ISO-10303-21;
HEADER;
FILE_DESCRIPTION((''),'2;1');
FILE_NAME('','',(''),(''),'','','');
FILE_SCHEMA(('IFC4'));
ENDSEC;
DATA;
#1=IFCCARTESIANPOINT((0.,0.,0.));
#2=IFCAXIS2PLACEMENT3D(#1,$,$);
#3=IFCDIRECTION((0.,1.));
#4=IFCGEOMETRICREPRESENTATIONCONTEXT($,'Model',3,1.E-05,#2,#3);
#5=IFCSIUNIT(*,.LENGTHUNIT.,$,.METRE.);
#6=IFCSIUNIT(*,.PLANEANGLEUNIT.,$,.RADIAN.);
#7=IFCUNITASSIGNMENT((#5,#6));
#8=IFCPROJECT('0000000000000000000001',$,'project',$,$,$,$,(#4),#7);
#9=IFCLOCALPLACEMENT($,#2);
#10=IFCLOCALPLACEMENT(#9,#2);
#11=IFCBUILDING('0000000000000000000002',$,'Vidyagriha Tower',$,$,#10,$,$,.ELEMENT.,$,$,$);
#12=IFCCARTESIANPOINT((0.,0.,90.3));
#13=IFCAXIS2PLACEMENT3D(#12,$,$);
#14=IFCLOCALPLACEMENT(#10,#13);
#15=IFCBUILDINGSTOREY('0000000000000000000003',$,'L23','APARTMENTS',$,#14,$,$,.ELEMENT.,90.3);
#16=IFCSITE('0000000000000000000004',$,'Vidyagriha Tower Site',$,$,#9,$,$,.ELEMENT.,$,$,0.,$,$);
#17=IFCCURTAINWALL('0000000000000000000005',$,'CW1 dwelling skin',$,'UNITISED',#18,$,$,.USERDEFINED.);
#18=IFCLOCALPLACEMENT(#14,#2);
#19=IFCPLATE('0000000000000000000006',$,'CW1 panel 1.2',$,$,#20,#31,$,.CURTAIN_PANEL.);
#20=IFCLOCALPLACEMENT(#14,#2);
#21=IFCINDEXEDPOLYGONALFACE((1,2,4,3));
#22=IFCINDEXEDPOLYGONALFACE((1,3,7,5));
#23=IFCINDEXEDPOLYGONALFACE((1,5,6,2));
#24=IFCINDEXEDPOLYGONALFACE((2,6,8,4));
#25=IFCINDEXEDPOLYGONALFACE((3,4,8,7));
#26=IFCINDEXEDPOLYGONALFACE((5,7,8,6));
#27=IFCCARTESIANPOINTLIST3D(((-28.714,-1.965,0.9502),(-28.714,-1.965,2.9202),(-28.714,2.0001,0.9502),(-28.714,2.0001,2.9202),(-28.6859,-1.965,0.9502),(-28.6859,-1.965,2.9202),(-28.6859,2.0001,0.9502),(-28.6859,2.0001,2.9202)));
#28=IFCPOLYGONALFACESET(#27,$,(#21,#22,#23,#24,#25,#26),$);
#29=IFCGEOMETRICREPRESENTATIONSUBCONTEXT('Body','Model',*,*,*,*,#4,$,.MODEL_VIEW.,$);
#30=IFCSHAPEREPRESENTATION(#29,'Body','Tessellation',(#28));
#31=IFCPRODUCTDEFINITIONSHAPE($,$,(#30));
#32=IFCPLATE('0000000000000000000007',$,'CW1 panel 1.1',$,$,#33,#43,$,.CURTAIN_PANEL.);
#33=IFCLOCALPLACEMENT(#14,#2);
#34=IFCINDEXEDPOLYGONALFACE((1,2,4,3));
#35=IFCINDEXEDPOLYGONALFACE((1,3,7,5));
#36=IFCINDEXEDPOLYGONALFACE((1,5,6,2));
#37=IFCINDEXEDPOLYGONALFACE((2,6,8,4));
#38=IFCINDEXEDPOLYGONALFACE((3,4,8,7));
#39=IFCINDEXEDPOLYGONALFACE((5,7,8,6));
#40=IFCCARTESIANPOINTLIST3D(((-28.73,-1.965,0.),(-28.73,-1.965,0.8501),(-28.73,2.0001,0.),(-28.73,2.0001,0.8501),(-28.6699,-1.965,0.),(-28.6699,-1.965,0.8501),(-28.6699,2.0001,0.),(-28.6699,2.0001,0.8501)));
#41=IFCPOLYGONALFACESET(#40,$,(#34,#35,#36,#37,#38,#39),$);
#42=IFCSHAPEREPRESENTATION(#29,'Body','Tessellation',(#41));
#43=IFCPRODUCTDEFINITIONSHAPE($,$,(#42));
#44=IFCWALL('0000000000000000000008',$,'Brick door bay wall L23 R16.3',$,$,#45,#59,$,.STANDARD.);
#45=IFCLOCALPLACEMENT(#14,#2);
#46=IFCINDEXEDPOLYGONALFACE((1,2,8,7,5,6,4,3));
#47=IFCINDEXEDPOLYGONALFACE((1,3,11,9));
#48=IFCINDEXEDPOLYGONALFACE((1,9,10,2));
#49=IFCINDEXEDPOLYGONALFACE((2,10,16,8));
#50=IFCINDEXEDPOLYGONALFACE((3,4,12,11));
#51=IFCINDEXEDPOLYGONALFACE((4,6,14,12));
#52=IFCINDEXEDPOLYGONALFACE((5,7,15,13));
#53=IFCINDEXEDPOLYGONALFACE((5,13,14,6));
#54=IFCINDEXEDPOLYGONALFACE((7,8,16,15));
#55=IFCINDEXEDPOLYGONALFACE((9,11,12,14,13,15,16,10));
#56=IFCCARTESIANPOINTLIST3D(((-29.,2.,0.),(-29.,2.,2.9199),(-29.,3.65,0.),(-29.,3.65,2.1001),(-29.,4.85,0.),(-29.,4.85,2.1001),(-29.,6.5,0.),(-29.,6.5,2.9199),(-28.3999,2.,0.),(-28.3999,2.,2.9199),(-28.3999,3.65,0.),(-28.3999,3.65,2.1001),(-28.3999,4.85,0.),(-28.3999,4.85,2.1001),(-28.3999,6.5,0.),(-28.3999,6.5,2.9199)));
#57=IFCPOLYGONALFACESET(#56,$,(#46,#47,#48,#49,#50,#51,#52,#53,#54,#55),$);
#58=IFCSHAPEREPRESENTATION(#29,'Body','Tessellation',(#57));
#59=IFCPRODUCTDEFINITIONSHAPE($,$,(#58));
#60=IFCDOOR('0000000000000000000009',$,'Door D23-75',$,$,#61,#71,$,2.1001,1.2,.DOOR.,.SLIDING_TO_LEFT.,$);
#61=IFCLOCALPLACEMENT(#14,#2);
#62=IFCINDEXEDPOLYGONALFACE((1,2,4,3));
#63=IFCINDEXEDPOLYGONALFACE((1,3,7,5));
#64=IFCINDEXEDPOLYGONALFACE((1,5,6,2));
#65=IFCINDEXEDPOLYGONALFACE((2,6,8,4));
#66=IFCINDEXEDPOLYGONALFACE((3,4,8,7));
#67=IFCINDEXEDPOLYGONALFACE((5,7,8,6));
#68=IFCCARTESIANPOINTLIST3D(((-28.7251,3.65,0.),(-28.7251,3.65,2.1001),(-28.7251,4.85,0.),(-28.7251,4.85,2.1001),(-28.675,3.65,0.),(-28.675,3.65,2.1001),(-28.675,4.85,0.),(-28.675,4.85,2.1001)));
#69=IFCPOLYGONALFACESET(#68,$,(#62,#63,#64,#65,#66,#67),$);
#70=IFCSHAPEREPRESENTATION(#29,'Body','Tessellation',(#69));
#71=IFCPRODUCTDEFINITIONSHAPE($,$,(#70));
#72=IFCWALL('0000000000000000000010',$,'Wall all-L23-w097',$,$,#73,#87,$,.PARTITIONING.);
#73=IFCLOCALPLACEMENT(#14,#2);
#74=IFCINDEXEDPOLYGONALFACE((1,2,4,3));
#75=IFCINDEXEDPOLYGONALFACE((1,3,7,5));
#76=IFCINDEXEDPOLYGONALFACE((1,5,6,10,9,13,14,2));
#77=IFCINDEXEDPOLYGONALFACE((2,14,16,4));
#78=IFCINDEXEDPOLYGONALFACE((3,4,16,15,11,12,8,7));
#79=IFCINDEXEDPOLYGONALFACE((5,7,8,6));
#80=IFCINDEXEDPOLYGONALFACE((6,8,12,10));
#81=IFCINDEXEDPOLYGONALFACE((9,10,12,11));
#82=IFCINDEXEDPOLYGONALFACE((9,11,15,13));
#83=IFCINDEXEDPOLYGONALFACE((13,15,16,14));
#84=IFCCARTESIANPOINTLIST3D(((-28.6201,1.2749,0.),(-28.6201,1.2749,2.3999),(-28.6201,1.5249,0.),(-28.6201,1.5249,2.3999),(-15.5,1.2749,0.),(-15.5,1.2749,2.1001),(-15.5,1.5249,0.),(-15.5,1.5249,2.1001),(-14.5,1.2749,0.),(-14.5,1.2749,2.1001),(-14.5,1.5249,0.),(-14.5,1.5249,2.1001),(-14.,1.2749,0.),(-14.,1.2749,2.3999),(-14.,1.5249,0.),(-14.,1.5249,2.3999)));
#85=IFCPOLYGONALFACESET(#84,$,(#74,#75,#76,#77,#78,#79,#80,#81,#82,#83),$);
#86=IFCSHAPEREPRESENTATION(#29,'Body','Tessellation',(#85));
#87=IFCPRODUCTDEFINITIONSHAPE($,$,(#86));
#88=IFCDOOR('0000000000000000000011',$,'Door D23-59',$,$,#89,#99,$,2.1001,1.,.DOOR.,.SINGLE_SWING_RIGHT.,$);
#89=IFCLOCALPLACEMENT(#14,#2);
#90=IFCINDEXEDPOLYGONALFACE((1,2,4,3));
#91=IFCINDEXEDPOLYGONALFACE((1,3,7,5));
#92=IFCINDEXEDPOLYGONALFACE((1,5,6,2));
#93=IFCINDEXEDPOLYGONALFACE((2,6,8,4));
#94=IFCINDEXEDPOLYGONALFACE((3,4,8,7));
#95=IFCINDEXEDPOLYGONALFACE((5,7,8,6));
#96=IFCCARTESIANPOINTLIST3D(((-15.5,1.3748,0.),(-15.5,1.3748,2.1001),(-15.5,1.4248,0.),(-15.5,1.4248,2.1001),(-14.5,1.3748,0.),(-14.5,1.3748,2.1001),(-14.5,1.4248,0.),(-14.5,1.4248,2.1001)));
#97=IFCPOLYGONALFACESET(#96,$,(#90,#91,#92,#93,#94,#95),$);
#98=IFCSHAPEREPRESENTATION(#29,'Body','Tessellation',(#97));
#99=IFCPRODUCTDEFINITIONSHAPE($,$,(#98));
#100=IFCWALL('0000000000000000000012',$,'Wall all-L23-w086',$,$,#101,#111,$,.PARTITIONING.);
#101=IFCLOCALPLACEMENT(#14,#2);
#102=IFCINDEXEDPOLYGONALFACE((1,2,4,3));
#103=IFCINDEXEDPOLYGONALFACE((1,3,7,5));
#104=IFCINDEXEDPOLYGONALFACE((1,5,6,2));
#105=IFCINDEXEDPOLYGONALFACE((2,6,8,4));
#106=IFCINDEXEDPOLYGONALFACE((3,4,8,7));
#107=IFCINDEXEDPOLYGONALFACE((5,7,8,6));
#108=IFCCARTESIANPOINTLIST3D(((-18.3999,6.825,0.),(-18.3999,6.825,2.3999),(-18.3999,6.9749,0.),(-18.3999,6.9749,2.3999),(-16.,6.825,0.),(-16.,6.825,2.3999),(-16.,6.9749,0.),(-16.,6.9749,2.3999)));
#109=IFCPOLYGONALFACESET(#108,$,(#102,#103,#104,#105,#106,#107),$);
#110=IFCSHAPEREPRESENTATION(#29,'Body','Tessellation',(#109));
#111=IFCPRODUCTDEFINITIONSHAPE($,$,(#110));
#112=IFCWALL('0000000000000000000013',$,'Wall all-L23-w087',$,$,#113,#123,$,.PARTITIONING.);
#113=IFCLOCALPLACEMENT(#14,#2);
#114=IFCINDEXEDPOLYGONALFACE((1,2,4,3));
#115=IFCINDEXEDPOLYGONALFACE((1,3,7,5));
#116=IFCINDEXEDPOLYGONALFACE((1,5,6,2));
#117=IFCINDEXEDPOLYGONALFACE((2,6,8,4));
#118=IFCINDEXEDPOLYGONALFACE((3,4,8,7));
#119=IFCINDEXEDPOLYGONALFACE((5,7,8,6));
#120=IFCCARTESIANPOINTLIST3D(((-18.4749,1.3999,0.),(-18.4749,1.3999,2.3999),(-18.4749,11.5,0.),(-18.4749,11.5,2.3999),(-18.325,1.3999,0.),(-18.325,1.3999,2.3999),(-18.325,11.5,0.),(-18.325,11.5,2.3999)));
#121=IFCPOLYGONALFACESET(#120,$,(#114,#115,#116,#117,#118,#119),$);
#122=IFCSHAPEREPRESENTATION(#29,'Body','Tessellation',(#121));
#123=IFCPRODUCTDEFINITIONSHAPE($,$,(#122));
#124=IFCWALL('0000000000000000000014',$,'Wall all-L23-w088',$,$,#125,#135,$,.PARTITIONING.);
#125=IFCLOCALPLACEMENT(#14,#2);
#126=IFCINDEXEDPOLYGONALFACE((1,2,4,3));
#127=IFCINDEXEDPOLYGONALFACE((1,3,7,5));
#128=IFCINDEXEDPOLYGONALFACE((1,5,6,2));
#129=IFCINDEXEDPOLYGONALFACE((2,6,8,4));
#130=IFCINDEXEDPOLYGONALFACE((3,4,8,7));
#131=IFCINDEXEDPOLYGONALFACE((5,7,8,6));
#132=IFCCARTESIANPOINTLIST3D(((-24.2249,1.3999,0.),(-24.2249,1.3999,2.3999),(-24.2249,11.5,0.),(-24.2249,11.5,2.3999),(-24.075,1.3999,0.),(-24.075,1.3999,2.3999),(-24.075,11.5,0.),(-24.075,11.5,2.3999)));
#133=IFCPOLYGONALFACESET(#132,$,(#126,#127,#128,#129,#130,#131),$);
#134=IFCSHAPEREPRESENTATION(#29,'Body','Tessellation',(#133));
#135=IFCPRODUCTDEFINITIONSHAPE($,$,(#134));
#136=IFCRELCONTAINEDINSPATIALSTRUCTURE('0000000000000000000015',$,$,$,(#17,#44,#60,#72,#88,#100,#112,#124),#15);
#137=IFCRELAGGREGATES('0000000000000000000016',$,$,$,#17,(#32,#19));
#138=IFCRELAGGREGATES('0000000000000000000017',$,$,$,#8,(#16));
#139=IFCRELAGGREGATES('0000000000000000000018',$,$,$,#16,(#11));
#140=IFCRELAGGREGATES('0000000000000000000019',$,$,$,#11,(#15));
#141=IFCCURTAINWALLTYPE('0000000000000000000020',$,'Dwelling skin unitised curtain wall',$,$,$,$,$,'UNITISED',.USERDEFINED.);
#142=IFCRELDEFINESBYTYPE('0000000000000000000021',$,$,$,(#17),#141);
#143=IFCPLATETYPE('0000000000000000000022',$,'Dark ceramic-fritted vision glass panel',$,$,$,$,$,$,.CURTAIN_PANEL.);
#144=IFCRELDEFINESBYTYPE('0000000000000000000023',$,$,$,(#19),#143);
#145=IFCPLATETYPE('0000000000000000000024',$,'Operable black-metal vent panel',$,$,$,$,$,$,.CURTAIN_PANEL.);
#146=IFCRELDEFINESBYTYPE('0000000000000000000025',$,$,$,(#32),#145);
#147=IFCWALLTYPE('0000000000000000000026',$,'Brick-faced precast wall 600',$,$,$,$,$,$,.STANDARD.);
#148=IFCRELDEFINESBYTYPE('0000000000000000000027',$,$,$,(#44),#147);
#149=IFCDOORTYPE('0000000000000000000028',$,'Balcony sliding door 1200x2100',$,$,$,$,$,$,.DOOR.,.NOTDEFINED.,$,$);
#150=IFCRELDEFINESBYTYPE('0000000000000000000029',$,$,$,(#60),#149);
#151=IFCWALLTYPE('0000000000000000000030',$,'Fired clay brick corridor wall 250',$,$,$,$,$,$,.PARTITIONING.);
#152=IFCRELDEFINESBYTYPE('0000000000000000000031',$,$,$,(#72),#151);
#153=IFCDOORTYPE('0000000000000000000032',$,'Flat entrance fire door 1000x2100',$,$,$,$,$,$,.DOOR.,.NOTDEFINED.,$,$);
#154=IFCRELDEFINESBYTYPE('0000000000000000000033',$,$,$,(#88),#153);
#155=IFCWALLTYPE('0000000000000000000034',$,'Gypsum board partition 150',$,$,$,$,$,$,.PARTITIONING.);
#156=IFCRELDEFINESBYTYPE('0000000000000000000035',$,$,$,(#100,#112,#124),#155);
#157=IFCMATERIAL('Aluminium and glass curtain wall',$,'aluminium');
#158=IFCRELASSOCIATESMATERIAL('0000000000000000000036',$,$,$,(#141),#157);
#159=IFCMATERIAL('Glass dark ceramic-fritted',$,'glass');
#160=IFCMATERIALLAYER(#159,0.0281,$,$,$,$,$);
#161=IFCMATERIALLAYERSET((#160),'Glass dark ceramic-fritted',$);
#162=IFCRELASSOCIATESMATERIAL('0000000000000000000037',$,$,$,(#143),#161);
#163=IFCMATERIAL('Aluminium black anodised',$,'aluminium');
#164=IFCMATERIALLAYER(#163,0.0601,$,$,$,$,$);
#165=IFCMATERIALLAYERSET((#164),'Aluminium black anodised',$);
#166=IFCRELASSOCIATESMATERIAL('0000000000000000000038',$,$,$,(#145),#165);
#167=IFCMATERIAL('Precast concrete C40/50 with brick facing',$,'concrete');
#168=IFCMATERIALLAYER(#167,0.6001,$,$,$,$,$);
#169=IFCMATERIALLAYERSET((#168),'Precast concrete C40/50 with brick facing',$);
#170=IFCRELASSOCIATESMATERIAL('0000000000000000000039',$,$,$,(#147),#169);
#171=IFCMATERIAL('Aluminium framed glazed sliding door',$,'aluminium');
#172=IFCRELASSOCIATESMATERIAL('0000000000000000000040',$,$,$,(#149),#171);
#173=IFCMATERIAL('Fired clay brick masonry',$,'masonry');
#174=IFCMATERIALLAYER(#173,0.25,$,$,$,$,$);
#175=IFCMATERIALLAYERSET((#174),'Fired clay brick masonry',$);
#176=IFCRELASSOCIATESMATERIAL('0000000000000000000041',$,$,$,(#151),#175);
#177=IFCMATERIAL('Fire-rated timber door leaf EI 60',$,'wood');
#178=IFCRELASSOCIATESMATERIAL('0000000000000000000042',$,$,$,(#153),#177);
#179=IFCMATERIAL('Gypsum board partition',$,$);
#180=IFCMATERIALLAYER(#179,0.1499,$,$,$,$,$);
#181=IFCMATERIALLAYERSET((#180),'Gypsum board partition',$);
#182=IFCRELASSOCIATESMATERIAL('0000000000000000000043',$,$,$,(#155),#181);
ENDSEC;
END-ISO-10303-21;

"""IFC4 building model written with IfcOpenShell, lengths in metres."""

from ifc_helpers import new_model, si_unit, direction, frame, frame_2d, origin, origin_2d, place, context, subcontext, project, spatial, rectangle, extrude, material, layer, layer_set, type_object, element, fill, aggregate, save


model = new_model("IFC4")

# Units and contexts
model_context = context("Model", 3, precision=1e-05, world=origin(), true_north=direction((0.0, 1.0)))
body_context = subcontext(model_context, "Body", "Model", "MODEL_VIEW")
ifc_project = project(units=[si_unit("LENGTHUNIT", "METRE"), si_unit("PLANEANGLEUNIT", "RADIAN")], contexts=[model_context])

# Site, building, storey
site_placement = place(None, origin())
site = spatial("IfcSite", under=ifc_project, at=site_placement, Name="Vidyagriha Tower Site", CompositionType="ELEMENT", RefElevation=0.0)
building_placement = place(site_placement, origin())
building = spatial("IfcBuilding", under=site, at=building_placement, Name="Vidyagriha Tower", CompositionType="ELEMENT")
storey_placement = place(building_placement, frame((0.0, 0.0, 90.3)))
storey = spatial("IfcBuildingStorey", under=building, at=storey_placement, Name="L23", Description="APARTMENTS", CompositionType="ELEMENT", Elevation=90.3)

# Shared definitions
ifc_material_1 = material(Name="Aluminium and glass curtain wall", Category="aluminium")
curtain_wall_type = type_object("IfcCurtainWallType", Name="Dwelling skin unitised curtain wall", ElementType="UNITISED", PredefinedType="USERDEFINED", material=ifc_material_1)

# Curtain wall
curtain_wall_1_placement = place(storey_placement, origin())
curtain_wall_1 = element("IfcCurtainWall", 1, at=curtain_wall_1_placement, inside=storey, type_object=curtain_wall_type, Name="CW1 dwelling skin", ObjectType="UNITISED", PredefinedType="USERDEFINED")

# Plates
ifc_material_2 = material(Name="Glass dark ceramic-fritted", Category="glass")
ifc_layer_1 = layer(ifc_material_2, 0.0281)
ifc_layer_set_1 = layer_set([ifc_layer_1], Name="Glass dark ceramic-fritted")
plate_type_1 = type_object("IfcPlateType", Name="Dark ceramic-fritted vision glass panel", PredefinedType="CURTAIN_PANEL", material=ifc_layer_set_1)
plate_1_placement = place(storey_placement, frame((-28.7, 0.0176, 0.9502), z_axis=(0.0, 0.0, 1.0), x_axis=(0.0, -1.0, 0.0)))
plate_1 = element("IfcPlate", 2, at=plate_1_placement, type_object=plate_type_1, Name="CW1 panel 1.2", PredefinedType="CURTAIN_PANEL", context=body_context, shape_type="SweptSolid", body=[
    extrude(rectangle(XDim=3.9651, YDim=0.0281, at=origin_2d()), origin(), (0.0, 0.0, 1.0), 1.97),
])
ifc_material_3 = material(Name="Aluminium black anodised", Category="aluminium")
ifc_layer_2 = layer(ifc_material_3, 0.0601)
ifc_layer_set_2 = layer_set([ifc_layer_2], Name="Aluminium black anodised")
plate_type_2 = type_object("IfcPlateType", Name="Operable black-metal vent panel", PredefinedType="CURTAIN_PANEL", material=ifc_layer_set_2)
plate_2_placement = place(storey_placement, frame((-28.7, 0.0176, 0.0), z_axis=(0.0, 0.0, 1.0), x_axis=(0.0, -1.0, 0.0)))
plate_2 = element("IfcPlate", 3, at=plate_2_placement, type_object=plate_type_2, Name="CW1 panel 1.1", PredefinedType="CURTAIN_PANEL", context=body_context, shape_type="SweptSolid", body=[
    extrude(rectangle(XDim=3.9651, YDim=0.0601, at=origin_2d()), origin(), (0.0, 0.0, 1.0), 0.8501),
])
aggregate(curtain_wall_1, [plate_2, plate_1])

# Walls, openings, doors
ifc_material_4 = material(Name="Precast concrete C40/50 with brick facing", Category="concrete")
ifc_layer_3 = layer(ifc_material_4, 0.6001)
ifc_layer_set_3 = layer_set([ifc_layer_3], Name="Precast concrete C40/50 with brick facing")
wall_type_1 = type_object("IfcWallType", Name="Brick-faced precast wall 600", PredefinedType="STANDARD", material=ifc_layer_set_3)
wall_1_placement = place(storey_placement, frame((-28.7, 6.5, 0.0), z_axis=(0.0, 0.0, 1.0), x_axis=(0.0, -1.0, 0.0)))
wall_1 = element("IfcWall", 4, at=wall_1_placement, inside=storey, type_object=wall_type_1, Name="Brick door bay wall L23 R16.3", PredefinedType="STANDARD", context=body_context, shape_type="SweptSolid", body=[
    extrude(rectangle(XDim=4.5, YDim=0.6001, at=frame_2d((2.25, 0.0))), origin(), (0.0, 0.0, 1.0), 2.9199),
])
opening_1_placement = place(wall_1_placement, frame((1.6499, 0.0, 0.0)))
opening_1 = element("IfcOpeningElement", 5, at=opening_1_placement, cuts=wall_1, PredefinedType="OPENING", context=body_context, shape_type="SweptSolid", body=[
    extrude(rectangle(XDim=1.2, YDim=2.1001, at=frame_2d((0.6001, 1.05))), frame((0.0, 0.3101, 0.0), z_axis=(0.0, -1.0, 0.0), x_axis=(1.0, 0.0, 0.0)), (0.0, 0.0, 1.0), 0.6201),
])
ifc_material_5 = material(Name="Aluminium framed glazed sliding door", Category="aluminium")
door_type_1 = type_object("IfcDoorType", Name="Balcony sliding door 1200x2100", OperationType="NOTDEFINED", PredefinedType="DOOR", material=ifc_material_5)
door_1_placement = place(opening_1_placement, origin())
door_1 = element("IfcDoor", 6, at=door_1_placement, inside=storey, type_object=door_type_1, Name="Door D23-75", OperationType="SLIDING_TO_LEFT", OverallHeight=2.1001, OverallWidth=1.2, PredefinedType="DOOR", context=body_context, shape_type="SweptSolid", body=[
    extrude(rectangle(XDim=1.2, YDim=2.1001, at=frame_2d((0.6001, 1.05))), frame((0.0, 0.0249, 0.0), z_axis=(0.0, -1.0, 0.0), x_axis=(1.0, 0.0, 0.0)), (0.0, 0.0, 1.0), 0.05),
])
fill(opening_1, door_1)
ifc_material_6 = material(Name="Fired clay brick masonry", Category="masonry")
ifc_layer_4 = layer(ifc_material_6, 0.25)
ifc_layer_set_4 = layer_set([ifc_layer_4], Name="Fired clay brick masonry")
wall_type_2 = type_object("IfcWallType", Name="Fired clay brick corridor wall 250", PredefinedType="PARTITIONING", material=ifc_layer_set_4)
wall_2_placement = place(storey_placement, frame((-28.6201, 1.3999, 0.0)))
wall_2 = element("IfcWall", 7, at=wall_2_placement, inside=storey, type_object=wall_type_2, Name="Wall all-L23-w097", PredefinedType="PARTITIONING", context=body_context, shape_type="SweptSolid", body=[
    extrude(rectangle(XDim=14.6201, YDim=0.25, at=frame_2d((7.3101, 0.0))), origin(), (0.0, 0.0, 1.0), 2.3999),
])
opening_2_placement = place(wall_2_placement, frame((13.1201, 0.0, 0.0)))
opening_2 = element("IfcOpeningElement", 8, at=opening_2_placement, cuts=wall_2, PredefinedType="OPENING", context=body_context, shape_type="SweptSolid", body=[
    extrude(rectangle(XDim=1.0, YDim=2.1001, at=frame_2d((0.5, 1.05))), frame((0.0, 0.135, 0.0), z_axis=(0.0, -1.0, 0.0), x_axis=(1.0, 0.0, 0.0)), (0.0, 0.0, 1.0), 0.27),
])
ifc_material_7 = material(Name="Fire-rated timber door leaf EI 60", Category="wood")
door_type_2 = type_object("IfcDoorType", Name="Flat entrance fire door 1000x2100", OperationType="NOTDEFINED", PredefinedType="DOOR", material=ifc_material_7)
door_2_placement = place(opening_2_placement, origin())
door_2 = element("IfcDoor", 9, at=door_2_placement, inside=storey, type_object=door_type_2, Name="Door D23-59", OperationType="SINGLE_SWING_RIGHT", OverallHeight=2.1001, OverallWidth=1.0, PredefinedType="DOOR", context=body_context, shape_type="SweptSolid", body=[
    extrude(rectangle(XDim=1.0, YDim=2.1001, at=frame_2d((0.5, 1.05))), frame((0.0, 0.0249, 0.0), z_axis=(0.0, -1.0, 0.0), x_axis=(1.0, 0.0, 0.0)), (0.0, 0.0, 1.0), 0.05),
])
fill(opening_2, door_2)

# Walls
ifc_material_8 = material(Name="Gypsum board partition")
ifc_layer_5 = layer(ifc_material_8, 0.1499)
ifc_layer_set_5 = layer_set([ifc_layer_5], Name="Gypsum board partition")
wall_type_3 = type_object("IfcWallType", Name="Gypsum board partition 150", PredefinedType="PARTITIONING", material=ifc_layer_set_5)
wall_3_placement = place(storey_placement, frame((-18.3999, 6.8999, 0.0)))
element("IfcWall", 10, at=wall_3_placement, inside=storey, type_object=wall_type_3, Name="Wall all-L23-w086", PredefinedType="PARTITIONING", context=body_context, shape_type="SweptSolid", body=[
    extrude(rectangle(XDim=2.3999, YDim=0.1499, at=frame_2d((1.2, 0.0))), origin(), (0.0, 0.0, 1.0), 2.3999),
])
for number, where, z_axis, x_axis, name in (
    (11, (-18.3999, 1.3999, 0.0), (0.0, 0.0, 1.0), (0.0, 1.0, 0.0), "Wall all-L23-w087"),
    (12, (-24.1499, 1.3999, 0.0), (0.0, 0.0, 1.0), (0.0, 1.0, 0.0), "Wall all-L23-w088"),
):
    element("IfcWall", number, at=place(storey_placement, frame(where, z_axis=z_axis, x_axis=x_axis)), inside=storey, type_object=wall_type_3, Name=name, PredefinedType="PARTITIONING", context=body_context, shape_type="SweptSolid", body=[
        extrude(rectangle(XDim=10.1001, YDim=0.1499, at=frame_2d((5.05, 0.0))), origin(), (0.0, 0.0, 1.0), 2.3999),
    ])

save(model, "model.ifc")
